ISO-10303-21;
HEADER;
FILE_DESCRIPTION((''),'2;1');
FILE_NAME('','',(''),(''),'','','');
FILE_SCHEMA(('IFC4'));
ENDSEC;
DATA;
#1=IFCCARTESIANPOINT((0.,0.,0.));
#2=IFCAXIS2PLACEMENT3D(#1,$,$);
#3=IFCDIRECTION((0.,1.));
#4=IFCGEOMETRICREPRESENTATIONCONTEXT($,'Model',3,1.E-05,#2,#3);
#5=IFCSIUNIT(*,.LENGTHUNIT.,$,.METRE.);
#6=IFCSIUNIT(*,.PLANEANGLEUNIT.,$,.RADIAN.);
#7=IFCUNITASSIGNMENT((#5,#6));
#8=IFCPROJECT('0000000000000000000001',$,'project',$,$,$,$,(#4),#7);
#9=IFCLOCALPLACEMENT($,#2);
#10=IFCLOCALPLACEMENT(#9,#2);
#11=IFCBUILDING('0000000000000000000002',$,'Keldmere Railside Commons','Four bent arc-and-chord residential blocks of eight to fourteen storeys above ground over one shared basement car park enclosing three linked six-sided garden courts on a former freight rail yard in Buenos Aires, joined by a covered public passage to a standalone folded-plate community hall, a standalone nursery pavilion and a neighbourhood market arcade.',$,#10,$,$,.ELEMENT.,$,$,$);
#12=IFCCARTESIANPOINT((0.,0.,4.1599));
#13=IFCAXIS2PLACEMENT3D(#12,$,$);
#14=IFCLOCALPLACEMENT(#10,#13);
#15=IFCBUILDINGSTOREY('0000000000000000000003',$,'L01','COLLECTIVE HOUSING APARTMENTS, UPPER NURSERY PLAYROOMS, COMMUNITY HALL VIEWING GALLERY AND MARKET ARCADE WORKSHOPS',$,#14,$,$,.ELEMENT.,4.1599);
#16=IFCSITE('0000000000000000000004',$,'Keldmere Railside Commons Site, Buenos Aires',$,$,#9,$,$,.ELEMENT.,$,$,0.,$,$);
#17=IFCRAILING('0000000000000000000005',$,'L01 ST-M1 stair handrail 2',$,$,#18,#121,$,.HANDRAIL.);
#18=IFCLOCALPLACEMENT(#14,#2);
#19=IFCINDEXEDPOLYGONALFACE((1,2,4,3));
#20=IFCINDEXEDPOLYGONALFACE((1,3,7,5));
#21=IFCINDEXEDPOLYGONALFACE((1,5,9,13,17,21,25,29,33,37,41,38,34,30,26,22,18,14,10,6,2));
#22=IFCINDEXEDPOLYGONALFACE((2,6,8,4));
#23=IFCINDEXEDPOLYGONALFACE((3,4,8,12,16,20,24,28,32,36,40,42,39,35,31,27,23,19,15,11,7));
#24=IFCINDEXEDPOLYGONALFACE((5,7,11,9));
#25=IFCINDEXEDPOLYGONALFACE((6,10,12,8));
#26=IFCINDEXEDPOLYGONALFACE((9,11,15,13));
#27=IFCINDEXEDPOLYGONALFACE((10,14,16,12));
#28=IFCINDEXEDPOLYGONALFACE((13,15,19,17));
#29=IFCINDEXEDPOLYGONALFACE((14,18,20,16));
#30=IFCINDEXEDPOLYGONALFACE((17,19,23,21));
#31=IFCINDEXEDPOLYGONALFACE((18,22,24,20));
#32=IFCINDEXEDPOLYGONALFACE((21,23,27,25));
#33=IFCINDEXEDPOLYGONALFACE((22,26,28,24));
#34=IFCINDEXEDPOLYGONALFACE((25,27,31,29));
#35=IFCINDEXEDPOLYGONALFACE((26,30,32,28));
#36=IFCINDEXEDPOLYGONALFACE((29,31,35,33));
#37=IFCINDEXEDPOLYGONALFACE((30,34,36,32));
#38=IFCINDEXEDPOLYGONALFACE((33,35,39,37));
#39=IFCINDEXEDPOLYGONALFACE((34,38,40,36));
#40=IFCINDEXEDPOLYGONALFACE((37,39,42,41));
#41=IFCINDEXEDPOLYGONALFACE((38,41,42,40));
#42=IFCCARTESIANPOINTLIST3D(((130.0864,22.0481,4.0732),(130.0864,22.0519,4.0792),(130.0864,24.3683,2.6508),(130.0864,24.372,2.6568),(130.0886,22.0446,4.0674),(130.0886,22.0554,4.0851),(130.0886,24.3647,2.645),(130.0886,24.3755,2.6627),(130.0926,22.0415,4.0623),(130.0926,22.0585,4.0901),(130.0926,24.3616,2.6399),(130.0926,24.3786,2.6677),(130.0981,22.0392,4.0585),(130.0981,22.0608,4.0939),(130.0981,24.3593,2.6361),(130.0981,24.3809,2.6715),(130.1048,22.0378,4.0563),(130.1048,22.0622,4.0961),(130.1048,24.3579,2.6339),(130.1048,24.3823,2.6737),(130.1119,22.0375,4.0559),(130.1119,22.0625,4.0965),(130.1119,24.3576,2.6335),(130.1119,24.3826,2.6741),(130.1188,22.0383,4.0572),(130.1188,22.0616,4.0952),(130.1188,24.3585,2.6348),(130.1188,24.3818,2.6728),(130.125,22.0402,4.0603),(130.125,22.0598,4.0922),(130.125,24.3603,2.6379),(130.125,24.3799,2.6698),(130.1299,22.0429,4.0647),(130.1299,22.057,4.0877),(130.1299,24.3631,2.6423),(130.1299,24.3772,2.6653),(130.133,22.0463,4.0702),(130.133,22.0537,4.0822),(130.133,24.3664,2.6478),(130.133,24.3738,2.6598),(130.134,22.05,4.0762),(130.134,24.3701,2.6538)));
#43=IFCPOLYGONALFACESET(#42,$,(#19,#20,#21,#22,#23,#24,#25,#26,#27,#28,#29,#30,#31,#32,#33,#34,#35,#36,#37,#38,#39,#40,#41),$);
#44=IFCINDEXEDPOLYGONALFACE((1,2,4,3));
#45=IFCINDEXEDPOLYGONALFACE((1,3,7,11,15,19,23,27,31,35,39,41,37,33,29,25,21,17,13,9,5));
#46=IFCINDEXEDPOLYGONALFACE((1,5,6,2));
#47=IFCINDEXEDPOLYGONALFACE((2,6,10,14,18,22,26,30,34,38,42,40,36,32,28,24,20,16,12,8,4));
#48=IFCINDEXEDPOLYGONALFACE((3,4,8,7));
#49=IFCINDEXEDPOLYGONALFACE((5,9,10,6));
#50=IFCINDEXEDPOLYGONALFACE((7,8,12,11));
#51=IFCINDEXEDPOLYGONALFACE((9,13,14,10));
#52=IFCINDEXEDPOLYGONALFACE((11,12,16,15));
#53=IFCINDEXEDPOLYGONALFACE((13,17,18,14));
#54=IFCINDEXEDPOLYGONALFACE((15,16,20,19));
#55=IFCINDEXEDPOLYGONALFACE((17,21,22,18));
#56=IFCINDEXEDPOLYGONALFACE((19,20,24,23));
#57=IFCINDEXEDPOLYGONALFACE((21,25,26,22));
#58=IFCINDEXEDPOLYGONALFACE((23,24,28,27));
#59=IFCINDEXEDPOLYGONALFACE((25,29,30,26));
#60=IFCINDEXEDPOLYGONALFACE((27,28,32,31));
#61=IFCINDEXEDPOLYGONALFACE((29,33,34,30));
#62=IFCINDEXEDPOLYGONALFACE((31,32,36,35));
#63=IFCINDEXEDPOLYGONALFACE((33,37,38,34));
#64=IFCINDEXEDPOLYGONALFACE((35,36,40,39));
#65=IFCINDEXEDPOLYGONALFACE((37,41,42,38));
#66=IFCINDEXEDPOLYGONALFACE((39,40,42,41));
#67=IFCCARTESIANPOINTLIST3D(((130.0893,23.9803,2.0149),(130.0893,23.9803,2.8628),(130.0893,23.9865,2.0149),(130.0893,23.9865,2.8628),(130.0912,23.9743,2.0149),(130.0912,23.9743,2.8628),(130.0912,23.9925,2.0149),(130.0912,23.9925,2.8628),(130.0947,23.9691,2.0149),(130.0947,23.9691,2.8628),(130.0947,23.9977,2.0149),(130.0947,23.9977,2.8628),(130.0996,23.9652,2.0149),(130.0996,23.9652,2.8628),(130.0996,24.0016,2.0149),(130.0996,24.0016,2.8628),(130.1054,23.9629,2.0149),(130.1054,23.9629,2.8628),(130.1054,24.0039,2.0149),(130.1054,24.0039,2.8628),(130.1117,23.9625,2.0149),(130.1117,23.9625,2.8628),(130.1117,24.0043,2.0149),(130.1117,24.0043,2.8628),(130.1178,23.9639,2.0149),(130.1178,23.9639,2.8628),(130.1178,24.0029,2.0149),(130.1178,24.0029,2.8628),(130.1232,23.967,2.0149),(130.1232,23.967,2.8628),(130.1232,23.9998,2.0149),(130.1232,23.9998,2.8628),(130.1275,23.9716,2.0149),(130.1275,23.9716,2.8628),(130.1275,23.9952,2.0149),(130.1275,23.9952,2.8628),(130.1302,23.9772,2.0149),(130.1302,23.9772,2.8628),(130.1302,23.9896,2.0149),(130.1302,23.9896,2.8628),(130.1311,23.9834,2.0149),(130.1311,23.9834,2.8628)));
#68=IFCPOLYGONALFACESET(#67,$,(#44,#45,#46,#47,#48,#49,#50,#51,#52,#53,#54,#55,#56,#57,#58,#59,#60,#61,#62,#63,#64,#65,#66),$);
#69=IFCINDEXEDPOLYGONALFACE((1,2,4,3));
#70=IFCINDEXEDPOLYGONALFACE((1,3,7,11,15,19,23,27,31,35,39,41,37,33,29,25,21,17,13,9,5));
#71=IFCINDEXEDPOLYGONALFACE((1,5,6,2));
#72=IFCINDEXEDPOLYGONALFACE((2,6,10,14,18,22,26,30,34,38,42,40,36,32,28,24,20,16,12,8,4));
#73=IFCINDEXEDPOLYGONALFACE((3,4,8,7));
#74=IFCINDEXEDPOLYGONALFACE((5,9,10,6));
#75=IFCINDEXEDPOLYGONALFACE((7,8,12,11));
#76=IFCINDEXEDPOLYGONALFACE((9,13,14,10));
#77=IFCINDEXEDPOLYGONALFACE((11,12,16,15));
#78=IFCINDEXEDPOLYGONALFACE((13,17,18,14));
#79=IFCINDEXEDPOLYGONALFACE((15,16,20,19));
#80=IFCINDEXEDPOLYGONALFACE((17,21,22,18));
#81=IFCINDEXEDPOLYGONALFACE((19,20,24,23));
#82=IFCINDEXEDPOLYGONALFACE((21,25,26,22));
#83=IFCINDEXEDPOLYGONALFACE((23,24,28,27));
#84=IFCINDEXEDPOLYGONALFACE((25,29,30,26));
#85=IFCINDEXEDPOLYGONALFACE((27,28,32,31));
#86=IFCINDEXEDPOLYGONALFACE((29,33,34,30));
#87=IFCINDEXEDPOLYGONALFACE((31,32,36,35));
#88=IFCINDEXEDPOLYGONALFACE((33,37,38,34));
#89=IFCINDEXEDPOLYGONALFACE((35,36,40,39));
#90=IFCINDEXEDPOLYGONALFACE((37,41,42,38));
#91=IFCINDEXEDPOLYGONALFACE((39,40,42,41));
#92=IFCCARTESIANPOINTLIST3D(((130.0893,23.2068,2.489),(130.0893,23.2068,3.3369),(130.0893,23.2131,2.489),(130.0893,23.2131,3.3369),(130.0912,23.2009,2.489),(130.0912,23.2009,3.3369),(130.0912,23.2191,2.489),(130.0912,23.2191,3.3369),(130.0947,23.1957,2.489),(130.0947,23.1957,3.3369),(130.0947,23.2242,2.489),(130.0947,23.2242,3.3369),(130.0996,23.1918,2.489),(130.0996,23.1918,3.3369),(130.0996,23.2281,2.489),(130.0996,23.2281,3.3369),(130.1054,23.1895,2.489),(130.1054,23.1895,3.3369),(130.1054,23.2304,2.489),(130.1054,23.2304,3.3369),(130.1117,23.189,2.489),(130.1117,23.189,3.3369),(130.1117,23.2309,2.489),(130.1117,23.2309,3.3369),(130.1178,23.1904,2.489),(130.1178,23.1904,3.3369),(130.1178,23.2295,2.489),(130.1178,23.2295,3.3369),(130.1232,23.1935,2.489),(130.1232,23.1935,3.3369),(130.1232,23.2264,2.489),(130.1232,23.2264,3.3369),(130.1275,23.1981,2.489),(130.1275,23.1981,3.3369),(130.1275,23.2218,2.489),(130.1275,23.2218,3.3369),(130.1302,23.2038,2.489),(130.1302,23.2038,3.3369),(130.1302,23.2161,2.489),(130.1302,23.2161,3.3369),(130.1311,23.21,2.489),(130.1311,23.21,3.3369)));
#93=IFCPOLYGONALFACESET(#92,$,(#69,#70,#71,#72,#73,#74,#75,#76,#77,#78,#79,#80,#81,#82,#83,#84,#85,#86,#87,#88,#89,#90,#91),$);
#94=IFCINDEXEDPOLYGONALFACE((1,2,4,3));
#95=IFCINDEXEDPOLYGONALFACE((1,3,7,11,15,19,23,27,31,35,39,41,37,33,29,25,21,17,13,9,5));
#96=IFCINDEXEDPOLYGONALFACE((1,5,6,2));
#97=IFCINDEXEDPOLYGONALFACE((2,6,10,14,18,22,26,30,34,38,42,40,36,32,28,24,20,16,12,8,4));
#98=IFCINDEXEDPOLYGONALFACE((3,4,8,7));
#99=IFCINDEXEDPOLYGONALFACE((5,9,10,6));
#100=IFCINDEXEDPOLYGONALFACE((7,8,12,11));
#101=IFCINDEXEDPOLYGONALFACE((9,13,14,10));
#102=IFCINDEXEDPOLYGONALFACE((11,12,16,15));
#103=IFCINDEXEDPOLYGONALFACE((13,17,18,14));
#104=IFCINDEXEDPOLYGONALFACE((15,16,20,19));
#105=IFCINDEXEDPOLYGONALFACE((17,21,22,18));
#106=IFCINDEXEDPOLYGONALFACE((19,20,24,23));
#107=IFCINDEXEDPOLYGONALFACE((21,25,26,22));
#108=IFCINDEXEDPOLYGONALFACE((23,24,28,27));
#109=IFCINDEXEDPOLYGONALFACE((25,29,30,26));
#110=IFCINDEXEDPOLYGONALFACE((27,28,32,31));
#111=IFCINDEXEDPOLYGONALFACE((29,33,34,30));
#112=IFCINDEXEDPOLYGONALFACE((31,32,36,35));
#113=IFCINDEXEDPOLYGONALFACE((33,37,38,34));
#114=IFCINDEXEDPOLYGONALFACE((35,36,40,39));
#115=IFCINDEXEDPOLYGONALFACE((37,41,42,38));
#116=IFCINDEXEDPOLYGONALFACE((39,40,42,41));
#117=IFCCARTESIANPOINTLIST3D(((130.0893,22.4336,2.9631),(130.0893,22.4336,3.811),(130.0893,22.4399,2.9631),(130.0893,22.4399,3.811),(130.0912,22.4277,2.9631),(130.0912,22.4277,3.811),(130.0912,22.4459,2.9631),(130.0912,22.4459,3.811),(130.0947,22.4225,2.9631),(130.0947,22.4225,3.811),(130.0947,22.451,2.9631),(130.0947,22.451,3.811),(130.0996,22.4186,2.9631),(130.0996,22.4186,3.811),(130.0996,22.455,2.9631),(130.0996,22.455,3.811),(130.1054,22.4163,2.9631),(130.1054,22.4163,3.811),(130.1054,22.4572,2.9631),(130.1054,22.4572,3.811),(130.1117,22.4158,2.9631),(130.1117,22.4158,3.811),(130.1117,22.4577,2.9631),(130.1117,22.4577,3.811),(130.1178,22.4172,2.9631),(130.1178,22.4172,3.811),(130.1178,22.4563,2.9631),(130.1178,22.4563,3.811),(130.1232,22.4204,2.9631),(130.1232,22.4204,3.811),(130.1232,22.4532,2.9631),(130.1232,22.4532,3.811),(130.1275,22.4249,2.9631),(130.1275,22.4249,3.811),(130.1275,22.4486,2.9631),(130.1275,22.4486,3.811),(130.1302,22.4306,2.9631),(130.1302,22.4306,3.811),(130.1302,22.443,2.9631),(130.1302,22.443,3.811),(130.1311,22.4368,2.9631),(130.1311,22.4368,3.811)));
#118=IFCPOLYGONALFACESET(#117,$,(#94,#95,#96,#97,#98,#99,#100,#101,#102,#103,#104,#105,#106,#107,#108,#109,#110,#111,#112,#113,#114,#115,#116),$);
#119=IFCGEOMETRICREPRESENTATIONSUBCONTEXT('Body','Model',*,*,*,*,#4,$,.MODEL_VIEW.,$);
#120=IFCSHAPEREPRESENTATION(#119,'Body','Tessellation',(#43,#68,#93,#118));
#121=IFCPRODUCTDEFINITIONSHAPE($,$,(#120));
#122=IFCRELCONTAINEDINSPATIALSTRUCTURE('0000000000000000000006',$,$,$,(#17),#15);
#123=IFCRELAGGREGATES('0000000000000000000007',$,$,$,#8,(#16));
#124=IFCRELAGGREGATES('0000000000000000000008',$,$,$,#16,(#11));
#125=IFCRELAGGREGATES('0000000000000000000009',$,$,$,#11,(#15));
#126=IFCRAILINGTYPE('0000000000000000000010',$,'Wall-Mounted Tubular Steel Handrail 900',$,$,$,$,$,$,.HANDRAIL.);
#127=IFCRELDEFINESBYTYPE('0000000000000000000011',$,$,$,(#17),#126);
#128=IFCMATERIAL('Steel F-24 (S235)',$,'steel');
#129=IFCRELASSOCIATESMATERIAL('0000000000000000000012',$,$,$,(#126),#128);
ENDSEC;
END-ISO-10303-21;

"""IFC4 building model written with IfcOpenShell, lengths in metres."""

from ifc_helpers import new_model, si_unit, direction, frame, origin, origin_2d, place, context, subcontext, project, spatial, circle, extrude, material, type_object, element, save


model = new_model("IFC4")

# Units and contexts
model_context = context("Model", 3, precision=1e-05, world=origin(), true_north=direction((0.0, 1.0)))
body_context = subcontext(model_context, "Body", "Model", "MODEL_VIEW")
ifc_project = project(units=[si_unit("LENGTHUNIT", "METRE"), si_unit("PLANEANGLEUNIT", "RADIAN")], contexts=[model_context])

# Site, building, storey
site_placement = place(None, origin())
site = spatial("IfcSite", under=ifc_project, at=site_placement, Name="Keldmere Railside Commons Site, Buenos Aires", CompositionType="ELEMENT", RefElevation=0.0)
building_placement = place(site_placement, origin())
building = spatial("IfcBuilding", under=site, at=building_placement, Name="Keldmere Railside Commons", Description="Four bent arc-and-chord residential blocks of eight to fourteen storeys above ground over one shared basement car park enclosing three linked six-sided garden courts on a former freight rail yard in Buenos Aires, joined by a covered public passage to a standalone folded-plate community hall, a standalone nursery pavilion and a neighbourhood market arcade.", CompositionType="ELEMENT")
storey_placement = place(building_placement, frame((0.0, 0.0, 4.1599)))
storey = spatial("IfcBuildingStorey", under=building, at=storey_placement, Name="L01", Description="COLLECTIVE HOUSING APARTMENTS, UPPER NURSERY PLAYROOMS, COMMUNITY HALL VIEWING GALLERY AND MARKET ARCADE WORKSHOPS", CompositionType="ELEMENT", Elevation=4.1599)

# Shared definitions
ifc_material_1 = material(Name="Steel F-24 (S235)", Category="steel")

# Railing
railing_type_1 = type_object("IfcRailingType", Name="Wall-Mounted Tubular Steel Handrail 900", PredefinedType="HANDRAIL", material=ifc_material_1)
railing_1_placement = place(storey_placement, frame((130.1101, 24.3701, 1.7778)))
element("IfcRailing", 1, at=railing_1_placement, inside=storey, type_object=railing_type_1, Name="L01 ST-M1 stair handrail 2", PredefinedType="HANDRAIL", context=body_context, shape_type="SweptSolid", body=[
    extrude(circle(Radius=0.0239, at=origin_2d()), frame((0.0, 0.0, 0.876), z_axis=(0.0, -0.852538, 0.522665), x_axis=(1.0, 0.0, 0.0)), (0.0, 0.0, 1.0), 2.7214),
    extrude(circle(Radius=0.021, at=origin_2d()), frame((0.0, -0.3867, 0.2371)), (0.0, 0.0, 1.0), 0.8479),
    extrude(circle(Radius=0.021, at=origin_2d()), frame((0.0, -1.1602, 0.7112)), (0.0, 0.0, 1.0), 0.8479),
    extrude(circle(Radius=0.021, at=origin_2d()), frame((0.0, -1.9333, 1.1853)), (0.0, 0.0, 1.0), 0.8479),
])

save(model, "model.ifc")
